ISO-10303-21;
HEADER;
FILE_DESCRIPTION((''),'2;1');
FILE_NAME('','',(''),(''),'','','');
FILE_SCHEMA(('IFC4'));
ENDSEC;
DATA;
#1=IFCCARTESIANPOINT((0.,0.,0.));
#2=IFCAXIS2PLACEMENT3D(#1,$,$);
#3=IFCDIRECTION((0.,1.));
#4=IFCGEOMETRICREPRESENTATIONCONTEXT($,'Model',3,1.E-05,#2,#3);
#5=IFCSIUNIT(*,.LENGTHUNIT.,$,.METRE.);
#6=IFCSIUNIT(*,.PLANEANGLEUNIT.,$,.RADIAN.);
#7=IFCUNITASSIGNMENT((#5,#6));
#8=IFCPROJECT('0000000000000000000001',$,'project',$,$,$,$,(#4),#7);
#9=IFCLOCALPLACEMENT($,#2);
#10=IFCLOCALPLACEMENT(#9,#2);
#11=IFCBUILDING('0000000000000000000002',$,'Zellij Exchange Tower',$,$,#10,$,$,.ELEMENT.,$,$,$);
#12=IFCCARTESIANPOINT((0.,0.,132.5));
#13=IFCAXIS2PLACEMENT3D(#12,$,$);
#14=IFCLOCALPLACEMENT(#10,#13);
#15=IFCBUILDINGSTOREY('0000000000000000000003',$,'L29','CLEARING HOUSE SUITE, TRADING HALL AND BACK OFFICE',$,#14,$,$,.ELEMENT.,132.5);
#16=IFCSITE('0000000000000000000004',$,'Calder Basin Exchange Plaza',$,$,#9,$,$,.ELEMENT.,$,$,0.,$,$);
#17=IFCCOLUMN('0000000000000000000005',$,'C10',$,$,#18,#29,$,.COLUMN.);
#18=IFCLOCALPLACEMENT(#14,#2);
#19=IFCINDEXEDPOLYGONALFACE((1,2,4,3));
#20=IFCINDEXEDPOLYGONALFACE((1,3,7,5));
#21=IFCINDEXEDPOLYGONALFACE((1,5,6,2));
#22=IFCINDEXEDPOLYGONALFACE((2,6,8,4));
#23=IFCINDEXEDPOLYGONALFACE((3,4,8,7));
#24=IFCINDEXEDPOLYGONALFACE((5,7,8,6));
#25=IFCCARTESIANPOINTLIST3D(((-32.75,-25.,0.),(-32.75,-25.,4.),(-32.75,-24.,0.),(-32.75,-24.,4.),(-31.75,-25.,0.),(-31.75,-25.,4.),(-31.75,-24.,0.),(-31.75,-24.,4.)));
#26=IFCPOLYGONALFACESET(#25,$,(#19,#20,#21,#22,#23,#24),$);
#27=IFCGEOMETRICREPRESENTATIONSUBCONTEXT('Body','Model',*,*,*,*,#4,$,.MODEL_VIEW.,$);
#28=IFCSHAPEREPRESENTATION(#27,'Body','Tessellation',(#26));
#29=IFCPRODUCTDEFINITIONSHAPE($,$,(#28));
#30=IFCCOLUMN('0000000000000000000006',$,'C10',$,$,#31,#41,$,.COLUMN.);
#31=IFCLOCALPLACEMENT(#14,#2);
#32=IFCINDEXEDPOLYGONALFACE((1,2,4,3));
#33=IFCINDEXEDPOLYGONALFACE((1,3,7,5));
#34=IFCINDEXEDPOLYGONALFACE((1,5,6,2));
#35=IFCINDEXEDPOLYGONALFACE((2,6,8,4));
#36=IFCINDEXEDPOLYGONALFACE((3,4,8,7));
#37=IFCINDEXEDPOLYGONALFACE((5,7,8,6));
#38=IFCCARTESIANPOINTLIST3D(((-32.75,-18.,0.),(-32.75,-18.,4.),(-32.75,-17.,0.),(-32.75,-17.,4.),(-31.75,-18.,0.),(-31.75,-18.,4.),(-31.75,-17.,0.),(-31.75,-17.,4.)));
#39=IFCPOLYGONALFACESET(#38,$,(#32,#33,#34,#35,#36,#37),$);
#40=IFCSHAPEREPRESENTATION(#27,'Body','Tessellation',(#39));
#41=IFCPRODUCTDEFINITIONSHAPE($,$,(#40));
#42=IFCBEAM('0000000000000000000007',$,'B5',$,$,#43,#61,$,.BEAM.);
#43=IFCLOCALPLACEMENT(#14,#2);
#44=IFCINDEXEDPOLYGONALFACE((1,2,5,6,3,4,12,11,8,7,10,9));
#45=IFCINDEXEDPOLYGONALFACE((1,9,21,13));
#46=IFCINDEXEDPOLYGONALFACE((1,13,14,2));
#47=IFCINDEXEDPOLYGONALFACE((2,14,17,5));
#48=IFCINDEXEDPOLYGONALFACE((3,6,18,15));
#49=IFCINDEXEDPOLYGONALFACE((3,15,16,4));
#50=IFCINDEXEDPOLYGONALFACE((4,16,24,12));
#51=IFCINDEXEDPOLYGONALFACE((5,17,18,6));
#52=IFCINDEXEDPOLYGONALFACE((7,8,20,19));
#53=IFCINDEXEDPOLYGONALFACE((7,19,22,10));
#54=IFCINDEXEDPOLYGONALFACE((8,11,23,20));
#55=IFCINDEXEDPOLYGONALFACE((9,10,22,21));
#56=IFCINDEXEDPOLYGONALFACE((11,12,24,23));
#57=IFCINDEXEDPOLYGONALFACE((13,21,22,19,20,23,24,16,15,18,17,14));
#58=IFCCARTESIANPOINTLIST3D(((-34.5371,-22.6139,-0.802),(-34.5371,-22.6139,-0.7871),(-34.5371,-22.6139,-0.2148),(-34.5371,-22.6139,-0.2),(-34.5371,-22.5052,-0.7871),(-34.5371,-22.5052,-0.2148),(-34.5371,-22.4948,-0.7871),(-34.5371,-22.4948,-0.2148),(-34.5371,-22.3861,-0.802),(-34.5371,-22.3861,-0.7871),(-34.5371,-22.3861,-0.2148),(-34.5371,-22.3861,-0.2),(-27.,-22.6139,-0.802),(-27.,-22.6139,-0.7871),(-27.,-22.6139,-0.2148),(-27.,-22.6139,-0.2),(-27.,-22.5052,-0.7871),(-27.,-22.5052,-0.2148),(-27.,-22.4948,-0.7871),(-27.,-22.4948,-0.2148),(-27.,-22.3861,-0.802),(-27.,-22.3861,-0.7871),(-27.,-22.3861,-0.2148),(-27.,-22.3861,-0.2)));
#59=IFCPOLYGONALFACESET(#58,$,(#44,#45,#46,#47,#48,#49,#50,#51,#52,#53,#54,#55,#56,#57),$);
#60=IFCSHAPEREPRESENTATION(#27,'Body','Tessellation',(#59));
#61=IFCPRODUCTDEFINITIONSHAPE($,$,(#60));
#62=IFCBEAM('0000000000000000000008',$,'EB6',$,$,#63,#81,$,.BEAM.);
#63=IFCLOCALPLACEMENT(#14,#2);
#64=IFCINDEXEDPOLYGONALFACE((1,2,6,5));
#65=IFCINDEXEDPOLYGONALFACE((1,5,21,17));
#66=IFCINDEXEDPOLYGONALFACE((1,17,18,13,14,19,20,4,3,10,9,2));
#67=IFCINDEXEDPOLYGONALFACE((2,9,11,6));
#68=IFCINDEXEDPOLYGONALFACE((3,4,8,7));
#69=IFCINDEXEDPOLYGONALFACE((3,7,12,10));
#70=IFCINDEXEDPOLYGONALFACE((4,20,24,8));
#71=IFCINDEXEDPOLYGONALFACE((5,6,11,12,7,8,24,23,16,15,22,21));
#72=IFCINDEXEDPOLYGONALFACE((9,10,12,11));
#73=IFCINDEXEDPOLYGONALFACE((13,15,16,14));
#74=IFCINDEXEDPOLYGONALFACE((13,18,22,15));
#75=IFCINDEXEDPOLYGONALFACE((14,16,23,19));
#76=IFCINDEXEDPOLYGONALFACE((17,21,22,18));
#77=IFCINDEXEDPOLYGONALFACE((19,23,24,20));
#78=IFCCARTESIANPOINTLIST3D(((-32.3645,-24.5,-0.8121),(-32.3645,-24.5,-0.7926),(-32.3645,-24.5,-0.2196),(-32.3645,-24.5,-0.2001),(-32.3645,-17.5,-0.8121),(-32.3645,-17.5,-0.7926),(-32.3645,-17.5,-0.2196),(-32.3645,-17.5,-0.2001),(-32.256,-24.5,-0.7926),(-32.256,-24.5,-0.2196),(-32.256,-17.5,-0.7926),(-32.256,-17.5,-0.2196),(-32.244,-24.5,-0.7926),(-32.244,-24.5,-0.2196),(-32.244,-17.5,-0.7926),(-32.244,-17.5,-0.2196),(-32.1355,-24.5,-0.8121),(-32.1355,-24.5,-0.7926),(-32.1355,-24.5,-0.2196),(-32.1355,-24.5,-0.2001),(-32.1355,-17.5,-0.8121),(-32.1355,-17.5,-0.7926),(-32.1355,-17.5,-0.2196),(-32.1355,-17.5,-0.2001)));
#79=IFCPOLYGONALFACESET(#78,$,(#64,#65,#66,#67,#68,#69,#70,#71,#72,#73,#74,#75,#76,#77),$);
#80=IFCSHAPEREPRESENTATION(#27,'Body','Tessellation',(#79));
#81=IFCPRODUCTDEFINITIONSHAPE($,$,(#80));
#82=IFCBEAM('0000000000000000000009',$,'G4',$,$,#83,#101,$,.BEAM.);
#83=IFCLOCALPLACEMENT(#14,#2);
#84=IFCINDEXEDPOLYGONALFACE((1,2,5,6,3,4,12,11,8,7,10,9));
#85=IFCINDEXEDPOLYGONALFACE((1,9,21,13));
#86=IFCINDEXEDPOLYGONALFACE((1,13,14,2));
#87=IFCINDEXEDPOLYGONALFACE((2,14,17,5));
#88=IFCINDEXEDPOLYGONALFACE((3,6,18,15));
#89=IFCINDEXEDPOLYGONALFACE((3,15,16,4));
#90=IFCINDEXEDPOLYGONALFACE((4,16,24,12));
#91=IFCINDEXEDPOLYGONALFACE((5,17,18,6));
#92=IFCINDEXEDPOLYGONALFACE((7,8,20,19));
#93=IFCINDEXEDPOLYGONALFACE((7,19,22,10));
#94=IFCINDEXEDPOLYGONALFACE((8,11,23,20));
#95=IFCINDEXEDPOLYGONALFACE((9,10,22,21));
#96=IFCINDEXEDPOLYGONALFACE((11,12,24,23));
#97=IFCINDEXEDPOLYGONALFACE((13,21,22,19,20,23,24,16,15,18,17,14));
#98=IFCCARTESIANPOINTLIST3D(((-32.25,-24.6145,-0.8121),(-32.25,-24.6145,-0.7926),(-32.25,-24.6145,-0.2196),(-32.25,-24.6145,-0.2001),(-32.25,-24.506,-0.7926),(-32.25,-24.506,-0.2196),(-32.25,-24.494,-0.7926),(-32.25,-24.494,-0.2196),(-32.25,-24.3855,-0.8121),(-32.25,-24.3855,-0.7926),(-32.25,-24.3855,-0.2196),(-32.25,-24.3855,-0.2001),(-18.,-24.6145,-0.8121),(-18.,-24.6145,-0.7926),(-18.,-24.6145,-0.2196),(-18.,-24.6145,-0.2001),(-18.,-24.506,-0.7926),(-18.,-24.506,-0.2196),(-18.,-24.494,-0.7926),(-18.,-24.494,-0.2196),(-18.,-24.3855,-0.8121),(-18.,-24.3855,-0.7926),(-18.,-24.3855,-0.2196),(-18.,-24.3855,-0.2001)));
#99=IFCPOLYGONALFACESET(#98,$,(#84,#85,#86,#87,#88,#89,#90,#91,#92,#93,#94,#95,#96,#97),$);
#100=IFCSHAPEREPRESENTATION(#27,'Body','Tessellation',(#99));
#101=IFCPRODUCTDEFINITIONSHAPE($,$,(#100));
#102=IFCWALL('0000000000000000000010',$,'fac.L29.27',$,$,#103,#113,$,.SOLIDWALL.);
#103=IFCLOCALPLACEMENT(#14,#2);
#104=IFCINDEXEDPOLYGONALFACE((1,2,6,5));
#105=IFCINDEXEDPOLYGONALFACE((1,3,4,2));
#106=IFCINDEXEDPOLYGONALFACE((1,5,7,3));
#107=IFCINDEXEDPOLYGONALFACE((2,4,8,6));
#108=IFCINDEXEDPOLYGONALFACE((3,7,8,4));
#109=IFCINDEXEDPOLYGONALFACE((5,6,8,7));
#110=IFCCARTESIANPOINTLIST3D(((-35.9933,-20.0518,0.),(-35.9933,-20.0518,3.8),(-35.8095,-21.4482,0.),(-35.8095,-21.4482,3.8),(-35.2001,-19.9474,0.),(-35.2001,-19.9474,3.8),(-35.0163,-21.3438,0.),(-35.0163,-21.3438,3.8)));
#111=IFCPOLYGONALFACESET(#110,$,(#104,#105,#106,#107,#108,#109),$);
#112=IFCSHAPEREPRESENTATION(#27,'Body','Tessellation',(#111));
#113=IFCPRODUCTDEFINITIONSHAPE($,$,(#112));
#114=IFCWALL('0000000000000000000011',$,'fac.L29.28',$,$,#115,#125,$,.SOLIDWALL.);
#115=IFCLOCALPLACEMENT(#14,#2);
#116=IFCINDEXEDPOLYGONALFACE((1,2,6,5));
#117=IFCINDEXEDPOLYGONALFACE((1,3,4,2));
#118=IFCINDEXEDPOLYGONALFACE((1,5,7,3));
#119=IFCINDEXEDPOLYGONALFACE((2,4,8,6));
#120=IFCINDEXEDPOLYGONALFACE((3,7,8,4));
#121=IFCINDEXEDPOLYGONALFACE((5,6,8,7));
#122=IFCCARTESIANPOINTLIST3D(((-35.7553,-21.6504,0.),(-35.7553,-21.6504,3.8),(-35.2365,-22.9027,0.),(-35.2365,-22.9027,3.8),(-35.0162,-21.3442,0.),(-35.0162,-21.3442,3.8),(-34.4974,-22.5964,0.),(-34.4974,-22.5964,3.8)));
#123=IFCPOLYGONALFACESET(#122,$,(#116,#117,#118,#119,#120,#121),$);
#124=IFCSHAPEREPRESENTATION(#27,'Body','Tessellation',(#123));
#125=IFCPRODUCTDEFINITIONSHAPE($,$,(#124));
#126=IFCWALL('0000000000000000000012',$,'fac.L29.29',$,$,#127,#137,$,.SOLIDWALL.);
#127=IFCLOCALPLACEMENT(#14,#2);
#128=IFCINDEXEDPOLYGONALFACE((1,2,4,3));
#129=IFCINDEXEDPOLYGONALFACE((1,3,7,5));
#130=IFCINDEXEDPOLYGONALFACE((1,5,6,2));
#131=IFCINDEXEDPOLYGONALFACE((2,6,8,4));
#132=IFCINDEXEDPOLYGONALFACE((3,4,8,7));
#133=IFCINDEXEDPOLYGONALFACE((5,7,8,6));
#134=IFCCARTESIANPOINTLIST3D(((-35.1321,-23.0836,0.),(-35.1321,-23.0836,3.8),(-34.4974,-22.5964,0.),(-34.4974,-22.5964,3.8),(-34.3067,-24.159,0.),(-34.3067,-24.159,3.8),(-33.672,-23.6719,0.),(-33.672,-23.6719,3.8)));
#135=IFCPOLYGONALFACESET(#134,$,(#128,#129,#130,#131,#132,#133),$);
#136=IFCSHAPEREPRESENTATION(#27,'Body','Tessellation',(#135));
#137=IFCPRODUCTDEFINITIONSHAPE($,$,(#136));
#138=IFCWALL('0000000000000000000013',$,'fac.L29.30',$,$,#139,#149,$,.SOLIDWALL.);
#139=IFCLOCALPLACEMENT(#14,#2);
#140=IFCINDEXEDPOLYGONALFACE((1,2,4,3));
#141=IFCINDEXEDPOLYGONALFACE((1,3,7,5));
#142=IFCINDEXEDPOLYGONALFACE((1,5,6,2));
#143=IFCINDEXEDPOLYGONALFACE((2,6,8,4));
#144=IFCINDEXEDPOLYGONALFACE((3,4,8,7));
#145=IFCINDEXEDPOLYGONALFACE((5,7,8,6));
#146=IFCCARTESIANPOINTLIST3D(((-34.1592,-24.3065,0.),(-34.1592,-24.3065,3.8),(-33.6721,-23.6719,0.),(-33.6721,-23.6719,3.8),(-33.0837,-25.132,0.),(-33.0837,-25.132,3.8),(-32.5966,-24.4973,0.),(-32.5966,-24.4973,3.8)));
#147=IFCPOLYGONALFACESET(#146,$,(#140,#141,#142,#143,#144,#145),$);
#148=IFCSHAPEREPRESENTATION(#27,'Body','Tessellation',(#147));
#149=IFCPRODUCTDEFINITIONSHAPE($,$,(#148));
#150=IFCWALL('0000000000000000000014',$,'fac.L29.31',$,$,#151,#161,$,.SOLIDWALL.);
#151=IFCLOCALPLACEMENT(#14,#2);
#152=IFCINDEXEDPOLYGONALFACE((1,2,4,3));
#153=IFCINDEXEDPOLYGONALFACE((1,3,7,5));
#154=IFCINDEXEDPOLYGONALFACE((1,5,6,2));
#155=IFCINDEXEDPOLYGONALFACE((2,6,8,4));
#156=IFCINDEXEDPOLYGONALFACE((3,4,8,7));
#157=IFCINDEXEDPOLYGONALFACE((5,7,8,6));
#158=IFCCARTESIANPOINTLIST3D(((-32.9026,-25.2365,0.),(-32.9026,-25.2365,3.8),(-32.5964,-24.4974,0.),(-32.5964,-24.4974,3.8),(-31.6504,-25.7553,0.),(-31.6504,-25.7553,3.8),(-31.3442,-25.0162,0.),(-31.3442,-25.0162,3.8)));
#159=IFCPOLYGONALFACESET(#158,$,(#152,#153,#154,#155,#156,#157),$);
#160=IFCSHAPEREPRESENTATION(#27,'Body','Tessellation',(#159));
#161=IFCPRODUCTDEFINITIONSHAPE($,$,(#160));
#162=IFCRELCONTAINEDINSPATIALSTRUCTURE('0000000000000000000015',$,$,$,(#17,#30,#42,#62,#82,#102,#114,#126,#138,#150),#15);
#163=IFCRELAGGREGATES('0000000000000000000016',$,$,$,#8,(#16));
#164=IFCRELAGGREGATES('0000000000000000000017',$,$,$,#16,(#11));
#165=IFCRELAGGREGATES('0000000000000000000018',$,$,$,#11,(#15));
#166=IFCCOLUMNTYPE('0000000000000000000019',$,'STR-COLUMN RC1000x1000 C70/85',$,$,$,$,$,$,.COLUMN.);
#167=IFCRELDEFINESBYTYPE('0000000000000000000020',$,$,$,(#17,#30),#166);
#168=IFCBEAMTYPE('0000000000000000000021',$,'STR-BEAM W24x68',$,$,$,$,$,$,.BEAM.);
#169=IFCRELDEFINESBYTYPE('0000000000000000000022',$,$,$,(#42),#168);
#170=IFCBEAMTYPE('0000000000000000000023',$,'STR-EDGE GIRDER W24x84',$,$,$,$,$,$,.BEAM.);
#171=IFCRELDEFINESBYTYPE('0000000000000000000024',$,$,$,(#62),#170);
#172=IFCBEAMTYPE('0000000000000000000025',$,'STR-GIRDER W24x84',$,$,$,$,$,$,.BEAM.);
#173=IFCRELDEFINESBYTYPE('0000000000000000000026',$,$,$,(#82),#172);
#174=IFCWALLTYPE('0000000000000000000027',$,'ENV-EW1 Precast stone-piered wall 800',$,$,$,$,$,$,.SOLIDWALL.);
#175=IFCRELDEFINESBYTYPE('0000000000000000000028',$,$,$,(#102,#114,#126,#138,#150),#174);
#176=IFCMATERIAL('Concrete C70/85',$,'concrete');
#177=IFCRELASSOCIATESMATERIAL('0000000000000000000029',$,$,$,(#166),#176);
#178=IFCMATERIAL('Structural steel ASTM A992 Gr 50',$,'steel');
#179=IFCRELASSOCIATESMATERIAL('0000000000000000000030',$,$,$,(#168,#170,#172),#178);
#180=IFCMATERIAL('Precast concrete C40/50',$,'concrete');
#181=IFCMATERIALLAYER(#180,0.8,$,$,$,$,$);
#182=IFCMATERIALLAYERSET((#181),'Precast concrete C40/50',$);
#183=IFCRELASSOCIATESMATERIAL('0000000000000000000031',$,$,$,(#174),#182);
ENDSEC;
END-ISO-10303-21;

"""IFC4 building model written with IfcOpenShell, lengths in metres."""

from ifc_helpers import new_model, si_unit, direction, frame, frame_2d, origin, origin_2d, place, context, subcontext, project, spatial, rectangle, i_section, extrude, material, layer, layer_set, material_profile, profile_set, type_object, element, save


model = new_model("IFC4")

# Units and contexts
model_context = context("Model", 3, precision=1e-05, world=origin(), true_north=direction((0.0, 1.0)))
body_context = subcontext(model_context, "Body", "Model", "MODEL_VIEW")
ifc_project = project(units=[si_unit("LENGTHUNIT", "METRE"), si_unit("PLANEANGLEUNIT", "RADIAN")], contexts=[model_context])

# Site, building, storey
site_placement = place(None, origin())
site = spatial("IfcSite", under=ifc_project, at=site_placement, Name="Calder Basin Exchange Plaza", CompositionType="ELEMENT", RefElevation=0.0)
building_placement = place(site_placement, origin())
building = spatial("IfcBuilding", under=site, at=building_placement, Name="Zellij Exchange Tower", CompositionType="ELEMENT")
storey_placement = place(building_placement, frame((0.0, 0.0, 132.5)))
storey = spatial("IfcBuildingStorey", under=building, at=storey_placement, Name="L29", Description="CLEARING HOUSE SUITE, TRADING HALL AND BACK OFFICE", CompositionType="ELEMENT", Elevation=132.5)

# Columns
ifc_material_1 = material(Name="Concrete C70/85", Category="concrete")
ifc_material_profile_1 = material_profile(ifc_material_1, rectangle(XDim=1.0, YDim=1.0, at=origin_2d()), Name="STR-COLUMN RC1000x1000 C70/85")
ifc_profile_set_1 = profile_set([ifc_material_profile_1], Name="Concrete C70/85")
column_type = type_object("IfcColumnType", Name="STR-COLUMN RC1000x1000 C70/85", PredefinedType="COLUMN", material=ifc_profile_set_1)
for number, where, z_axis, x_axis, name in (
    (1, (-32.25, -24.5, 0.0), (0.0, 0.0, 1.0), (1.0, 0.0, 0.0), "C10"),
    (2, (-32.25, -17.5, 0.0), (0.0, 0.0, 1.0), (1.0, 0.0, 0.0), "C10"),
):
    element("IfcColumn", number, at=place(storey_placement, frame(where, z_axis=z_axis, x_axis=x_axis)), inside=storey, type_object=column_type, Name=name, PredefinedType="COLUMN", context=body_context, shape_type="SweptSolid", body=[
        extrude(rectangle(XDim=1.0, YDim=1.0, at=origin_2d()), origin(), (0.0, 0.0, 1.0), 4.0),
    ])

# Beams
ifc_material_2 = material(Name="Structural steel ASTM A992 Gr 50", Category="steel")
ifc_material_profile_2 = material_profile(ifc_material_2, i_section(OverallWidth=0.2278, OverallDepth=0.6021, WebThickness=0.0105, FlangeThickness=0.0149, at=origin_2d()), Name="W24x68")
ifc_profile_set_2 = profile_set([ifc_material_profile_2], Name="Structural steel ASTM A992 Gr 50")
beam_type_1 = type_object("IfcBeamType", Name="STR-BEAM W24x68", PredefinedType="BEAM", material=ifc_profile_set_2)
beam_1_placement = place(storey_placement, frame((-34.5371, -22.5, -0.501), z_axis=(1.0, 0.0, 0.0), x_axis=(0.0, 1.0, 0.0)))
element("IfcBeam", 3, at=beam_1_placement, inside=storey, type_object=beam_type_1, Name="B5", PredefinedType="BEAM", context=body_context, shape_type="SweptSolid", body=[
    extrude(i_section(OverallWidth=0.2278, OverallDepth=0.6021, WebThickness=0.0105, FlangeThickness=0.0149, at=origin_2d()), origin(), (0.0, 0.0, 1.0), 7.5371),
])
ifc_material_profile_3 = material_profile(ifc_material_2, i_section(OverallWidth=0.229, OverallDepth=0.6121, WebThickness=0.012, FlangeThickness=0.0195, at=origin_2d()), Name="W24x84")
ifc_profile_set_3 = profile_set([ifc_material_profile_3], Name="Structural steel ASTM A992 Gr 50")
beam_type_2 = type_object("IfcBeamType", Name="STR-EDGE GIRDER W24x84", PredefinedType="BEAM", material=ifc_profile_set_3)
beam_2_placement = place(storey_placement, frame((-32.25, -24.5, -0.5061), z_axis=(0.0, 1.0, 0.0), x_axis=(-1.0, 0.0, 0.0)))
element("IfcBeam", 4, at=beam_2_placement, inside=storey, type_object=beam_type_2, Name="EB6", PredefinedType="BEAM", context=body_context, shape_type="SweptSolid", body=[
    extrude(i_section(OverallWidth=0.229, OverallDepth=0.6121, WebThickness=0.012, FlangeThickness=0.0195, at=origin_2d()), origin(), (0.0, 0.0, 1.0), 7.0),
])
ifc_material_profile_4 = material_profile(ifc_material_2, i_section(OverallWidth=0.229, OverallDepth=0.6121, WebThickness=0.012, FlangeThickness=0.0195, at=origin_2d()), Name="W24x84")
ifc_profile_set_4 = profile_set([ifc_material_profile_4], Name="Structural steel ASTM A992 Gr 50")
beam_type_3 = type_object("IfcBeamType", Name="STR-GIRDER W24x84", PredefinedType="BEAM", material=ifc_profile_set_4)
beam_3_placement = place(storey_placement, frame((-32.25, -24.5, -0.5061), z_axis=(1.0, 0.0, 0.0), x_axis=(0.0, 1.0, 0.0)))
element("IfcBeam", 5, at=beam_3_placement, inside=storey, type_object=beam_type_3, Name="G4", PredefinedType="BEAM", context=body_context, shape_type="SweptSolid", body=[
    extrude(i_section(OverallWidth=0.229, OverallDepth=0.6121, WebThickness=0.012, FlangeThickness=0.0195, at=origin_2d()), origin(), (0.0, 0.0, 1.0), 14.25),
])

# Walls
ifc_material_3 = material(Name="Precast concrete C40/50", Category="concrete")
ifc_layer = layer(ifc_material_3, 0.8)
ifc_layer_set = layer_set([ifc_layer], Name="Precast concrete C40/50")
wall_type = type_object("IfcWallType", Name="ENV-EW1 Precast stone-piered wall 800", PredefinedType="SOLIDWALL", material=ifc_layer_set)
wall_1_placement = place(storey_placement, frame((-35.5967, -19.9998, 0.0), z_axis=(0.0, 0.0, 1.0), x_axis=(0.130517, -0.991446, 0.0)))
element("IfcWall", 6, at=wall_1_placement, inside=storey, type_object=wall_type, Name="fac.L29.27", PredefinedType="SOLIDWALL", context=body_context, shape_type="SweptSolid", body=[
    extrude(rectangle(XDim=1.4084, YDim=0.8, at=frame_2d((0.7041, 0.0))), origin(), (0.0, 0.0, 1.0), 3.8),
])
wall_2_placement = place(storey_placement, frame((-35.3857, -21.4973, 0.0), z_axis=(0.0, 0.0, 1.0), x_axis=(0.38276, -0.923848, 0.0)))
element("IfcWall", 7, at=wall_2_placement, inside=storey, type_object=wall_type, Name="fac.L29.28", PredefinedType="SOLIDWALL", context=body_context, shape_type="SweptSolid", body=[
    extrude(rectangle(XDim=1.3555, YDim=0.8, at=frame_2d((0.6777, 0.0))), origin(), (0.0, 0.0, 1.0), 3.8),
])
for number, where, z_axis, x_axis, name in (
    (8, (-34.8147, -22.8401, 0.0), (0.0, 0.0, 1.0), (0.608866, -0.793273, 0.0), "fac.L29.29"),
    (9, (-33.9155, -23.9893, 0.0), (0.0, 0.0, 1.0), (0.793273, -0.608866, 0.0), "fac.L29.30"),
):
    element("IfcWall", number, at=place(storey_placement, frame(where, z_axis=z_axis, x_axis=x_axis)), inside=storey, type_object=wall_type, Name=name, PredefinedType="SOLIDWALL", context=body_context, shape_type="SweptSolid", body=[
        extrude(rectangle(XDim=1.3557, YDim=0.8, at=frame_2d((0.6777, 0.0))), origin(), (0.0, 0.0, 1.0), 3.8),
    ])
wall_3_placement = place(storey_placement, frame((-32.7495, -24.8669, 0.0), z_axis=(0.0, 0.0, 1.0), x_axis=(0.923848, -0.38276, 0.0)))
element("IfcWall", 10, at=wall_3_placement, inside=storey, type_object=wall_type, Name="fac.L29.31", PredefinedType="SOLIDWALL", context=body_context, shape_type="SweptSolid", body=[
    extrude(rectangle(XDim=1.3555, YDim=0.8, at=frame_2d((0.6777, 0.0))), origin(), (0.0, 0.0, 1.0), 3.8),
])

save(model, "model.ifc")
